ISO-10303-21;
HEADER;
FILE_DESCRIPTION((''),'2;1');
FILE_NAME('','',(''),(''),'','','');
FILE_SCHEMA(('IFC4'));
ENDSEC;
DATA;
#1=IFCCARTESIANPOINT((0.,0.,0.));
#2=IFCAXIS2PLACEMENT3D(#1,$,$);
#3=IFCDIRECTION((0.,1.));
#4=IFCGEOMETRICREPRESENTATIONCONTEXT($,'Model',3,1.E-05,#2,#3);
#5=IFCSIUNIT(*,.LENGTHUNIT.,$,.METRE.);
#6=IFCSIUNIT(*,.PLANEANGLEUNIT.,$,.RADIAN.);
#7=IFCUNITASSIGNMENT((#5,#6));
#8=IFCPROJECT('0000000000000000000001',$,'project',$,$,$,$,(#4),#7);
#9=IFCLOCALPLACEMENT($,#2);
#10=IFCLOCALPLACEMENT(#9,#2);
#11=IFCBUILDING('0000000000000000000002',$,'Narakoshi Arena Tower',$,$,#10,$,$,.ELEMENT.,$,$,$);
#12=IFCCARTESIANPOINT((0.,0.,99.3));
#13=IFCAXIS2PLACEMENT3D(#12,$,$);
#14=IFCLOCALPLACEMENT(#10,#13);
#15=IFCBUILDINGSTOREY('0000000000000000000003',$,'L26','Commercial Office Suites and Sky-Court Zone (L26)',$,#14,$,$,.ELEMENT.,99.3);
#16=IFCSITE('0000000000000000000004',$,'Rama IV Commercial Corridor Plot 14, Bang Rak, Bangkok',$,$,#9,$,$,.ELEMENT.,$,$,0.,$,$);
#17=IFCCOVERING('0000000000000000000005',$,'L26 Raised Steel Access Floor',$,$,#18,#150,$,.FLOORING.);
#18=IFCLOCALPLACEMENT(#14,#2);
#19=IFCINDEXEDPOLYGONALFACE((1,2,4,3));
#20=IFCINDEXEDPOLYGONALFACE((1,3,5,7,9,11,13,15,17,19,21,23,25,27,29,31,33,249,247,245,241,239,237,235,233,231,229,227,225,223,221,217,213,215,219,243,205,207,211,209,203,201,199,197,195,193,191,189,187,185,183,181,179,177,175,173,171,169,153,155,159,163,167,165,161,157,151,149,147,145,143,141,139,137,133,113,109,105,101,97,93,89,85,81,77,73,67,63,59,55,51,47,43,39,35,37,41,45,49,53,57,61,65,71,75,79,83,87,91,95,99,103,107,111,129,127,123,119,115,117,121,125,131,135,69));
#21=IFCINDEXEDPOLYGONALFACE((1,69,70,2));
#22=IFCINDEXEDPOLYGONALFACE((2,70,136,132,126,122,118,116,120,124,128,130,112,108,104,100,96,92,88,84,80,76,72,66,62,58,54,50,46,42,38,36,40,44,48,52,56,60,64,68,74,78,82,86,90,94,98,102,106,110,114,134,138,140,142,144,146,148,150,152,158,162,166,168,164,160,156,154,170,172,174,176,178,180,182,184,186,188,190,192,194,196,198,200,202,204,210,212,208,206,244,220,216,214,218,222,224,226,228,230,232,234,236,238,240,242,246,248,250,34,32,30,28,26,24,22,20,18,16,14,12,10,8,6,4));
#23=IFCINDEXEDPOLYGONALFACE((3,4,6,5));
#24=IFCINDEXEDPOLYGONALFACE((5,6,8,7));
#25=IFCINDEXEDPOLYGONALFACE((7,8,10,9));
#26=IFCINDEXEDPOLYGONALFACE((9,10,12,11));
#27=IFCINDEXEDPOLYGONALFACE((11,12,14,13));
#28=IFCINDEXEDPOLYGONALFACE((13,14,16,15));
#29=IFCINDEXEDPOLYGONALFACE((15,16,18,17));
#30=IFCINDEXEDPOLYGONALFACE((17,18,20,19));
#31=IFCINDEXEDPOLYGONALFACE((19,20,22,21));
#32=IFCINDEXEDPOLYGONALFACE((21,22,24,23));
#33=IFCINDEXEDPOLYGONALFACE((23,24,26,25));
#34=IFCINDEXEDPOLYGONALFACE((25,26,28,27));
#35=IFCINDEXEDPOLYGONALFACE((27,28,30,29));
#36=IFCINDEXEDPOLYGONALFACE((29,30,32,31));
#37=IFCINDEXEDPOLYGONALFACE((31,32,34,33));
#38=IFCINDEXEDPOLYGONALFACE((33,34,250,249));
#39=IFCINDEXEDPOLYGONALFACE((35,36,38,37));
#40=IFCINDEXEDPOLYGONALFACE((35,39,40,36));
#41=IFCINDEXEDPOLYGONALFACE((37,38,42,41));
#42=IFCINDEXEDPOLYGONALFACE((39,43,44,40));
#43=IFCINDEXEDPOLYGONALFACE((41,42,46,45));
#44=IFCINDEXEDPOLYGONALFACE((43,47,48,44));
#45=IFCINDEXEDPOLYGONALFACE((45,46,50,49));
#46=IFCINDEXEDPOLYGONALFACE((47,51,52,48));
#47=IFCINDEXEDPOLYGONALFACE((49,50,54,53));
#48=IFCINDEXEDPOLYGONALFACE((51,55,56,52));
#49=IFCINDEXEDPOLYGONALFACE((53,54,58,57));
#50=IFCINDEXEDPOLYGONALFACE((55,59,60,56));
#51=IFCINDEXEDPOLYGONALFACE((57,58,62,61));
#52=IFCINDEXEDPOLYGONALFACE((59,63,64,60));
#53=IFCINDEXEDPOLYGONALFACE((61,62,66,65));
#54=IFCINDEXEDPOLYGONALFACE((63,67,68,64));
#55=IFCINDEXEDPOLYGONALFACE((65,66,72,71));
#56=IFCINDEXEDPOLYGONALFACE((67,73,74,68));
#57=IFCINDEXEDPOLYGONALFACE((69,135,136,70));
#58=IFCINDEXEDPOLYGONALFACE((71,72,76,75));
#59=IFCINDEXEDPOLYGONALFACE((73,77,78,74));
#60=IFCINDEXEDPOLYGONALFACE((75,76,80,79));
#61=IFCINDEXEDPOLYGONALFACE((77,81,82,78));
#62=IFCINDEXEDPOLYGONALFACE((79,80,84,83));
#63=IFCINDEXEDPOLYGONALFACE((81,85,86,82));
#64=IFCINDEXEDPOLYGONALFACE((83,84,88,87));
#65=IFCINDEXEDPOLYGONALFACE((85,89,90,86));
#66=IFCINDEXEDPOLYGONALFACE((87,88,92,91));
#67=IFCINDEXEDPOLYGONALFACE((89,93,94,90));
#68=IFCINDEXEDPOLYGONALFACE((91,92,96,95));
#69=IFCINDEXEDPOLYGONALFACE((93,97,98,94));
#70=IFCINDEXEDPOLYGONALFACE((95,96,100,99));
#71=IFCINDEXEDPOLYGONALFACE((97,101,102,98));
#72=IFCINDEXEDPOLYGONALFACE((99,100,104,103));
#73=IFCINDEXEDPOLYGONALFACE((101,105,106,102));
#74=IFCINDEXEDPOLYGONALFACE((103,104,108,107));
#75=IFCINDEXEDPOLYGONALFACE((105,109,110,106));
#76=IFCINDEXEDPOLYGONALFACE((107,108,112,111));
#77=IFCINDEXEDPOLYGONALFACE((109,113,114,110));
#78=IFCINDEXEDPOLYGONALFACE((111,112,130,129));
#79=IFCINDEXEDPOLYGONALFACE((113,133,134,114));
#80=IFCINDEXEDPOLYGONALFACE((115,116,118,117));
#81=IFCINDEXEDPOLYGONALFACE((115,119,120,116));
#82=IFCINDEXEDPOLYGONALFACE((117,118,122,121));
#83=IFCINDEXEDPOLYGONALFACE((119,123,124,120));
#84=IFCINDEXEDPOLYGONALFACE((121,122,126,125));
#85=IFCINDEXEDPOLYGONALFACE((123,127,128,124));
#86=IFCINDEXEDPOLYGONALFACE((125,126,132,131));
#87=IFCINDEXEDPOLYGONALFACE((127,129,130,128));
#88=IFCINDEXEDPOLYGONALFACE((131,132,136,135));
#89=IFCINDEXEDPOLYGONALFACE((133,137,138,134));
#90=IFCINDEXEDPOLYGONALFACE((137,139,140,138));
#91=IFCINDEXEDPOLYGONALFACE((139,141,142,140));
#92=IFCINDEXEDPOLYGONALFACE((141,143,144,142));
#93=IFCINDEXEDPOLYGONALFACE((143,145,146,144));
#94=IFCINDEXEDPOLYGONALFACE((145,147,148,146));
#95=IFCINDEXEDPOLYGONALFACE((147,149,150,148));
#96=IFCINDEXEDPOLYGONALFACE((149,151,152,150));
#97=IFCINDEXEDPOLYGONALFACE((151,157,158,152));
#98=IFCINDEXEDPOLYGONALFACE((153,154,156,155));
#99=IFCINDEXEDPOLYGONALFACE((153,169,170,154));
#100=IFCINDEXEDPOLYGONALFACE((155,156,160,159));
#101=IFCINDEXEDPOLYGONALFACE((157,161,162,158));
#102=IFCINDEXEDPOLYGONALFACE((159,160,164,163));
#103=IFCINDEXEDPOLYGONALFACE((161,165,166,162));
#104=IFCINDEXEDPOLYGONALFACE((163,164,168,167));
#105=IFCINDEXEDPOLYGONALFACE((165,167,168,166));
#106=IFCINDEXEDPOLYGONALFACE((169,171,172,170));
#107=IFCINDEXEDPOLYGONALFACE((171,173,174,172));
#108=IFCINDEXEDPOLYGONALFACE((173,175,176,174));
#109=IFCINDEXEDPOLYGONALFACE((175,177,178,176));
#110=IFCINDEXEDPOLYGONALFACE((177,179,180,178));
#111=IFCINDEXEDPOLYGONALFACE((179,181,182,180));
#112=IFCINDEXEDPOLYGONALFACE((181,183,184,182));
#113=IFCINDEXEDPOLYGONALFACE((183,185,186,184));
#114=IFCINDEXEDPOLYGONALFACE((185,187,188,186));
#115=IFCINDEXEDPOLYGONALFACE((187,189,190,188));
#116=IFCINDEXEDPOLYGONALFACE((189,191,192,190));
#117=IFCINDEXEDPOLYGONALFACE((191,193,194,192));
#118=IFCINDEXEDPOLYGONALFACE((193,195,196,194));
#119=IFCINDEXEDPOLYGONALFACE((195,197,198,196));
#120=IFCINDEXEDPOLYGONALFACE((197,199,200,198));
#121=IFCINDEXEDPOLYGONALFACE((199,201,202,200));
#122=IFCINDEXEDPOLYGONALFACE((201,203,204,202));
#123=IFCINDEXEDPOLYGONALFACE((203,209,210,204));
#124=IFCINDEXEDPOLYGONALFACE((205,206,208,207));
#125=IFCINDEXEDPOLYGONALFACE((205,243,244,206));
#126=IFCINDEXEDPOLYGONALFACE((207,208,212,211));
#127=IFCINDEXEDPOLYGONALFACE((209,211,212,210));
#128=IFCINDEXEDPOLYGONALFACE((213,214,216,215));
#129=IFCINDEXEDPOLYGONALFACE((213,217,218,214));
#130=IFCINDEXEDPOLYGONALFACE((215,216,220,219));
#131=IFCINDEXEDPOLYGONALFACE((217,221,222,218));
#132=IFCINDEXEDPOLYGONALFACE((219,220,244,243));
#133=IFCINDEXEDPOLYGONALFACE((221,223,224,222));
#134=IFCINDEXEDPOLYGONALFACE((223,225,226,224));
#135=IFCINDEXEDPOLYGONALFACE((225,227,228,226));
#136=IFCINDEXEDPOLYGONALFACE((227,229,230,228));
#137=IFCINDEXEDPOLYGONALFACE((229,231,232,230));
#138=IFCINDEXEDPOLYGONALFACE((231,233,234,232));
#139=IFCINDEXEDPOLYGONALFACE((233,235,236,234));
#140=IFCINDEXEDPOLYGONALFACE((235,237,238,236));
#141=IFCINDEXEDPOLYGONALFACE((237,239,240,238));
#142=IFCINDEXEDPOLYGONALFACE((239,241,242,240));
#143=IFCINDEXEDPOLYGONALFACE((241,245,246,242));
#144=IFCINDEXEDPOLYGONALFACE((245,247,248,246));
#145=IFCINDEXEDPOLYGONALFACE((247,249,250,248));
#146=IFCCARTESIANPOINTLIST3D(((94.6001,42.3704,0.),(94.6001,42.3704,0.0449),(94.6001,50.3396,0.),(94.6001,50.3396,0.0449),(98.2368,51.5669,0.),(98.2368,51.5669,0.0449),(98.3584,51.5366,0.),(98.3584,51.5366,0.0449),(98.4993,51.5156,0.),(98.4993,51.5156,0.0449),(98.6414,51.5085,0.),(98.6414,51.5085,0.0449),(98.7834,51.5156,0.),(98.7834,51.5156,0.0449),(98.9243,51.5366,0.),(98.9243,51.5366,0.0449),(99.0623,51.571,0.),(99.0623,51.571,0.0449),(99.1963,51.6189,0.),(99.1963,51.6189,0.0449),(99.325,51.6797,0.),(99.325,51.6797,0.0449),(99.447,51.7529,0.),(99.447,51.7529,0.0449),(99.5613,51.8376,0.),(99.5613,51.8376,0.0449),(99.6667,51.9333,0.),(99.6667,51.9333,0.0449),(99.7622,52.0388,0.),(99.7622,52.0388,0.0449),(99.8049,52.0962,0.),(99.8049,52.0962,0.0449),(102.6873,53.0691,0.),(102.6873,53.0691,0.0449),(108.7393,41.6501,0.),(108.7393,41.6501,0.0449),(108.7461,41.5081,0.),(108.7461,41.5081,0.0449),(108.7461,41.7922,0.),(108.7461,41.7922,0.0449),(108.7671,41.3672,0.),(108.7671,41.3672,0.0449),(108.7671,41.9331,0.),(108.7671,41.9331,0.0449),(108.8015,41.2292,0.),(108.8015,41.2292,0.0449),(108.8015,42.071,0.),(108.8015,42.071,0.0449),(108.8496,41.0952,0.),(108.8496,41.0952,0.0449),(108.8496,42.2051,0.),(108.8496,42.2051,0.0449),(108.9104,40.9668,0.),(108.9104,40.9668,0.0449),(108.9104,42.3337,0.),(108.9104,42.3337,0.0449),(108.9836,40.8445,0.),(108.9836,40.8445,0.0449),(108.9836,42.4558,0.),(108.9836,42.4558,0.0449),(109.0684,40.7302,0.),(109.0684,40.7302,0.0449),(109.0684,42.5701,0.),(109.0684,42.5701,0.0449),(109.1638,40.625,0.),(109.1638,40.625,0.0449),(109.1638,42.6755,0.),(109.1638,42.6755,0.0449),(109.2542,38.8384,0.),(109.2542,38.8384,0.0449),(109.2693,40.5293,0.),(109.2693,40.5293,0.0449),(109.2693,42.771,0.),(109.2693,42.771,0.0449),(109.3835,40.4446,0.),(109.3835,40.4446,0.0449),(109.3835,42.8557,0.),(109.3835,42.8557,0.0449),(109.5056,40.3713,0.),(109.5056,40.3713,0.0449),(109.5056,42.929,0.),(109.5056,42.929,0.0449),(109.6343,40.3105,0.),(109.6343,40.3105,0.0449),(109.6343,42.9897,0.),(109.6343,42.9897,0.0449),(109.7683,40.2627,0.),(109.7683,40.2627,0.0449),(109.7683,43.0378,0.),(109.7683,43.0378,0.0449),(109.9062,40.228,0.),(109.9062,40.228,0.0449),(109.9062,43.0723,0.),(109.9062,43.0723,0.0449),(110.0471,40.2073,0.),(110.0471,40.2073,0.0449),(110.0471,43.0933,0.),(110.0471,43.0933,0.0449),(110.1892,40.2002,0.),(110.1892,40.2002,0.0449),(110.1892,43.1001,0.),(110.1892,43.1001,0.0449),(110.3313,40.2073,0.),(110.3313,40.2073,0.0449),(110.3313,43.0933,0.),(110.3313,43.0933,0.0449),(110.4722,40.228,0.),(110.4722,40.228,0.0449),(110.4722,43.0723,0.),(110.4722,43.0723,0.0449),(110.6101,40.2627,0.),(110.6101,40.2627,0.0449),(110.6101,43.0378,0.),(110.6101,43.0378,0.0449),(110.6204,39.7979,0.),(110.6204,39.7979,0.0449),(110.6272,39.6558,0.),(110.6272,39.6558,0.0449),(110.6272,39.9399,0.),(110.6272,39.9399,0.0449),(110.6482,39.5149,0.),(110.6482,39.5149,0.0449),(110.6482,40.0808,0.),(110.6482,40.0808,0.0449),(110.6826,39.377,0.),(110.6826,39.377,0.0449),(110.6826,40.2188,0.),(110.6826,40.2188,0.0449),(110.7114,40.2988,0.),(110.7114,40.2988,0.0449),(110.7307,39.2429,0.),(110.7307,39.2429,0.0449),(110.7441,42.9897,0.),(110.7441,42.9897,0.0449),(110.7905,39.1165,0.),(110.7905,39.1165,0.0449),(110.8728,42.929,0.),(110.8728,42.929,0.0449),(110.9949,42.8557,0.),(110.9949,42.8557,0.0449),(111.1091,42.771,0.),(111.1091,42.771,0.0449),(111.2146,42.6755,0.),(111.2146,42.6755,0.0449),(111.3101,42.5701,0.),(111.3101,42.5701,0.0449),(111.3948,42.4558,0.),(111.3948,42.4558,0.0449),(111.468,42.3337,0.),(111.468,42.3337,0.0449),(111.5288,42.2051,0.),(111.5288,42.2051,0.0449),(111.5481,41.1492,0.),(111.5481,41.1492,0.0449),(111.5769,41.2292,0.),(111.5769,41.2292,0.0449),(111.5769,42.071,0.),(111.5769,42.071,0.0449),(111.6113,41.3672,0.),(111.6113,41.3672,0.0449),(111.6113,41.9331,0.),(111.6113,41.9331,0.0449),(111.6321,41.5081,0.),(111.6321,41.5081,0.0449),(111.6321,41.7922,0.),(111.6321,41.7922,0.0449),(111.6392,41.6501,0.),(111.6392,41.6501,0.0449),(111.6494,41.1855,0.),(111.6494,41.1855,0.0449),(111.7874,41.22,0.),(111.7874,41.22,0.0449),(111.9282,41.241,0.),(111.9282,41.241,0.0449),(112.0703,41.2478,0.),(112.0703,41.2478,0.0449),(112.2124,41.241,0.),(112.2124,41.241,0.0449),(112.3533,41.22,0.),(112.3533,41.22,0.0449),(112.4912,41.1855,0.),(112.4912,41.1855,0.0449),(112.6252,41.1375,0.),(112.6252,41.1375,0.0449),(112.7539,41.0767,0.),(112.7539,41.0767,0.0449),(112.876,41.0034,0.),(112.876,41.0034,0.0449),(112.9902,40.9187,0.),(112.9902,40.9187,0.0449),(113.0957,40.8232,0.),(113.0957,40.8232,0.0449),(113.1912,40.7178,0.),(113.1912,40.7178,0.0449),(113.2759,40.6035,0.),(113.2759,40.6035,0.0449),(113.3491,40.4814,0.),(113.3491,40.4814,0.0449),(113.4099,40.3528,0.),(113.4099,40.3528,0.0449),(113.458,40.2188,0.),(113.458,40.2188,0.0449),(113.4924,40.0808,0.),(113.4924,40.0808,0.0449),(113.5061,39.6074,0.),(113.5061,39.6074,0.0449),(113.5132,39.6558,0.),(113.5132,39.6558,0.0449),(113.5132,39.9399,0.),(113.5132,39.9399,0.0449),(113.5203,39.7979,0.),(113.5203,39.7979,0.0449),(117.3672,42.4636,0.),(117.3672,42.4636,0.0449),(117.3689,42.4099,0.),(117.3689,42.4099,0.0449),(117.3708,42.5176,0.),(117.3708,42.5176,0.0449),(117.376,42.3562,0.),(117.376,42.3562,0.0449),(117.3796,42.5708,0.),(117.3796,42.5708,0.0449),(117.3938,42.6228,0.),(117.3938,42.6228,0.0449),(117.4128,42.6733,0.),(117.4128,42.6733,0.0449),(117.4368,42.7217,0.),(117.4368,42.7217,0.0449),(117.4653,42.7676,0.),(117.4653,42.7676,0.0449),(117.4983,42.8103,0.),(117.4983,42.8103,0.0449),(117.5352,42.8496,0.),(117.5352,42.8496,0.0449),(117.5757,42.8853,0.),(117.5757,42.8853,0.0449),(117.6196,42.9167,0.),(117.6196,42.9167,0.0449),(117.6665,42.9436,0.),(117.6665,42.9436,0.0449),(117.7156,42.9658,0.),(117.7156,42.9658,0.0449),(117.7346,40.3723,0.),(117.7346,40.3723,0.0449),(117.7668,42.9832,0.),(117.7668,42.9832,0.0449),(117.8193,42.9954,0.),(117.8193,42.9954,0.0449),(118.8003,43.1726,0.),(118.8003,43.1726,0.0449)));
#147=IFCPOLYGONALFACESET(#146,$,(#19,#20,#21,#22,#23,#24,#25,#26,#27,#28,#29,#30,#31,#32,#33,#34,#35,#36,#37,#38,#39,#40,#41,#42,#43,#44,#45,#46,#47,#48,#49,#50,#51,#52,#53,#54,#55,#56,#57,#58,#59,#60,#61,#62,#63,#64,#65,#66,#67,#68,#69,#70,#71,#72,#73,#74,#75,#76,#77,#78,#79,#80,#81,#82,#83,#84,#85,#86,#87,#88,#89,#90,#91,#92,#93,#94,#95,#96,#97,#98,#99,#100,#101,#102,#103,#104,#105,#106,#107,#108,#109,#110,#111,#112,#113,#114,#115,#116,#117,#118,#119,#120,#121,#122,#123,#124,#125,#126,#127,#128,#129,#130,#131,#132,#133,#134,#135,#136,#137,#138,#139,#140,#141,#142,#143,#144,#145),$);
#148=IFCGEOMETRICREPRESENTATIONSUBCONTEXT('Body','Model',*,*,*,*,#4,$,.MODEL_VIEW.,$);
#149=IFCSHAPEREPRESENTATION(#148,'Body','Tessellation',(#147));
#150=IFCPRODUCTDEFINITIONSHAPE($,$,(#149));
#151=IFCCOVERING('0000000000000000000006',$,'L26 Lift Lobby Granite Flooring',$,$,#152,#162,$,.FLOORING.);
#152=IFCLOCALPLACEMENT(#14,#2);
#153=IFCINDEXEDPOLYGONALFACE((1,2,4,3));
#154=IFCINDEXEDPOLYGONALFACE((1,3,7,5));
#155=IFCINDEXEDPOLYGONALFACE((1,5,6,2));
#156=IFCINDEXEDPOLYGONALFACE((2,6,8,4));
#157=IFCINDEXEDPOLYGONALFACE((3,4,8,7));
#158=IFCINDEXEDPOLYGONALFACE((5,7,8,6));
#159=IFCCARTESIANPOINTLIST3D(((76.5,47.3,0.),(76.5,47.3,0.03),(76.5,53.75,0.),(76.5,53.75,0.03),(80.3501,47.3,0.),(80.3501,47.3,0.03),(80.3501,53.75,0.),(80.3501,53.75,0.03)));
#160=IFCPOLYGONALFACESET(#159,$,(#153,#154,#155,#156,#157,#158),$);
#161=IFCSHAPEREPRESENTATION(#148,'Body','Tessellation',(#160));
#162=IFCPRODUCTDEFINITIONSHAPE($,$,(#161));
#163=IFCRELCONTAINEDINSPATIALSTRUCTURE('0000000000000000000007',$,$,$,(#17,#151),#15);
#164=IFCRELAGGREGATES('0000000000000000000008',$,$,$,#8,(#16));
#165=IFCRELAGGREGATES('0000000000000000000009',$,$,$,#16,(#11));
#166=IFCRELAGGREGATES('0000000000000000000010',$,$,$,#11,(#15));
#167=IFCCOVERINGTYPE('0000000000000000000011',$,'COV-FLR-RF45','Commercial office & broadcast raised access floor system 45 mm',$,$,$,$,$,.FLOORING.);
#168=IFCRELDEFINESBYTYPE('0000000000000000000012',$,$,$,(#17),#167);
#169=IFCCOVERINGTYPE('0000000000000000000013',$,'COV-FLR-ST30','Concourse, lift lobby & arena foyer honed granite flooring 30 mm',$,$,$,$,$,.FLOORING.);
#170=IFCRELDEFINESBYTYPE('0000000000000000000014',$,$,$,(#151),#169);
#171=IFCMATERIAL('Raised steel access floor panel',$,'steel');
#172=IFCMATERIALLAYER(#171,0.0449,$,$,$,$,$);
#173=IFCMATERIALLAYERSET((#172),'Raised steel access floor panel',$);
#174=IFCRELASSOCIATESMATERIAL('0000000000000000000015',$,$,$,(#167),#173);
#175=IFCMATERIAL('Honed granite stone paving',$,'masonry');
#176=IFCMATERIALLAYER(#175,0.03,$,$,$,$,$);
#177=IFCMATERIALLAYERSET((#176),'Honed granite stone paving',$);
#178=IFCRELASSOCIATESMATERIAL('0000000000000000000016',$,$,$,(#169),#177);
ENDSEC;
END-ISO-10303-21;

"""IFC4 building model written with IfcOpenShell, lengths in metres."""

from ifc_helpers import new_model, si_unit, direction, frame, origin, place, context, subcontext, project, spatial, polyline, outline, extrude, material, layer, layer_set, type_object, element, save


model = new_model("IFC4")

# Units and contexts
model_context = context("Model", 3, precision=1e-05, world=origin(), true_north=direction((0.0, 1.0)))
body_context = subcontext(model_context, "Body", "Model", "MODEL_VIEW")
ifc_project = project(units=[si_unit("LENGTHUNIT", "METRE"), si_unit("PLANEANGLEUNIT", "RADIAN")], contexts=[model_context])

# Site, building, storey
site_placement = place(None, origin())
site = spatial("IfcSite", under=ifc_project, at=site_placement, Name="Rama IV Commercial Corridor Plot 14, Bang Rak, Bangkok", CompositionType="ELEMENT", RefElevation=0.0)
building_placement = place(site_placement, origin())
building = spatial("IfcBuilding", under=site, at=building_placement, Name="Narakoshi Arena Tower", CompositionType="ELEMENT")
storey_placement = place(building_placement, frame((0.0, 0.0, 99.3)))
storey = spatial("IfcBuildingStorey", under=building, at=storey_placement, Name="L26", Description="Commercial Office Suites and Sky-Court Zone (L26)", CompositionType="ELEMENT", Elevation=99.3)

# Coverings
ifc_material_1 = material(Name="Raised steel access floor panel", Category="steel")
ifc_layer_1 = layer(ifc_material_1, 0.0449)
ifc_layer_set_1 = layer_set([ifc_layer_1], Name="Raised steel access floor panel")
covering_type_1 = type_object("IfcCoveringType", Name="COV-FLR-RF45", Description="Commercial office & broadcast raised access floor system 45 mm", PredefinedType="FLOORING", material=ifc_layer_set_1)
covering_1_placement = place(storey_placement, origin())
element("IfcCovering", 1, at=covering_1_placement, inside=storey, type_object=covering_type_1, Name="L26 Raised Steel Access Floor", PredefinedType="FLOORING", context=body_context, shape_type="SweptSolid", body=[
    extrude(outline(polyline([(117.8193, 42.9954), (117.7668, 42.9832), (117.7156, 42.9658), (117.6665, 42.9436), (117.6196, 42.9167), (117.5757, 42.8853), (117.5352, 42.8496), (117.4983, 42.8103), (117.4653, 42.7676), (117.4368, 42.7217), (117.4128, 42.6733), (117.3938, 42.6228), (117.3796, 42.5708), (117.3708, 42.5176), (117.3672, 42.4636), (117.3689, 42.4099), (117.376, 42.3562), (117.7346, 40.3723), (113.5061, 39.6074), (113.5132, 39.6558), (113.5203, 39.7979), (113.5132, 39.9399), (113.4924, 40.0808), (113.458, 40.2188), (113.4099, 40.3528), (113.3491, 40.4814), (113.2759, 40.6035), (113.1912, 40.7178), (113.0957, 40.8232), (112.9902, 40.9187), (112.876, 41.0034), (112.7539, 41.0767), (112.6252, 41.1375), (112.4912, 41.1855), (112.3533, 41.22), (112.2124, 41.241), (112.0703, 41.2478), (111.9282, 41.241), (111.7874, 41.22), (111.6494, 41.1855), (111.5481, 41.1492), (111.5769, 41.2292), (111.6113, 41.3672), (111.6321, 41.5081), (111.6392, 41.6501), (111.6321, 41.7922), (111.6113, 41.9331), (111.5769, 42.071), (111.5288, 42.2051), (111.468, 42.3337), (111.3948, 42.4558), (111.3101, 42.5701), (111.2146, 42.6755), (111.1091, 42.771), (110.9949, 42.8557), (110.8728, 42.929), (110.7441, 42.9897), (110.6101, 43.0378), (110.4722, 43.0723), (110.3313, 43.0933), (110.1892, 43.1001), (110.0471, 43.0933), (109.9062, 43.0723), (109.7683, 43.0378), (109.6343, 42.9897), (109.5056, 42.929), (109.3835, 42.8557), (109.2693, 42.771), (109.1638, 42.6755), (109.0684, 42.5701), (108.9836, 42.4558), (108.9104, 42.3337), (108.8496, 42.2051), (108.8015, 42.071), (108.7671, 41.9331), (108.7461, 41.7922), (108.7393, 41.6501), (108.7461, 41.5081), (108.7671, 41.3672), (108.8015, 41.2292), (108.8496, 41.0952), (108.9104, 40.9668), (108.9836, 40.8445), (109.0684, 40.7302), (109.1638, 40.625), (109.2693, 40.5293), (109.3835, 40.4446), (109.5056, 40.3713), (109.6343, 40.3105), (109.7683, 40.2627), (109.9062, 40.228), (110.0471, 40.2073), (110.1892, 40.2002), (110.3313, 40.2073), (110.4722, 40.228), (110.6101, 40.2627), (110.7114, 40.2988), (110.6826, 40.2188), (110.6482, 40.0808), (110.6272, 39.9399), (110.6204, 39.7979), (110.6272, 39.6558), (110.6482, 39.5149), (110.6826, 39.377), (110.7307, 39.2429), (110.7905, 39.1165), (109.2542, 38.8384), (94.6001, 42.3704), (94.6001, 50.3396), (98.2368, 51.5669), (98.3584, 51.5366), (98.4993, 51.5156), (98.6414, 51.5085), (98.7834, 51.5156), (98.9243, 51.5366), (99.0623, 51.571), (99.1963, 51.6189), (99.325, 51.6797), (99.447, 51.7529), (99.5613, 51.8376), (99.6667, 51.9333), (99.7622, 52.0388), (99.8049, 52.0962), (102.6873, 53.0691), (118.8003, 43.1726), (117.8193, 42.9954)])), origin(), (0.0, 0.0, 1.0), 0.0449),
])
ifc_material_2 = material(Name="Honed granite stone paving", Category="masonry")
ifc_layer_2 = layer(ifc_material_2, 0.03)
ifc_layer_set_2 = layer_set([ifc_layer_2], Name="Honed granite stone paving")
covering_type_2 = type_object("IfcCoveringType", Name="COV-FLR-ST30", Description="Concourse, lift lobby & arena foyer honed granite flooring 30 mm", PredefinedType="FLOORING", material=ifc_layer_set_2)
covering_2_placement = place(storey_placement, origin())
element("IfcCovering", 2, at=covering_2_placement, inside=storey, type_object=covering_type_2, Name="L26 Lift Lobby Granite Flooring", PredefinedType="FLOORING", context=body_context, shape_type="SweptSolid", body=[
    extrude(outline(polyline([(76.5, 47.3), (80.3501, 47.3), (80.3501, 53.75), (76.5, 53.75), (76.5, 47.3)])), origin(), (0.0, 0.0, 1.0), 0.03),
])

save(model, "model.ifc")
